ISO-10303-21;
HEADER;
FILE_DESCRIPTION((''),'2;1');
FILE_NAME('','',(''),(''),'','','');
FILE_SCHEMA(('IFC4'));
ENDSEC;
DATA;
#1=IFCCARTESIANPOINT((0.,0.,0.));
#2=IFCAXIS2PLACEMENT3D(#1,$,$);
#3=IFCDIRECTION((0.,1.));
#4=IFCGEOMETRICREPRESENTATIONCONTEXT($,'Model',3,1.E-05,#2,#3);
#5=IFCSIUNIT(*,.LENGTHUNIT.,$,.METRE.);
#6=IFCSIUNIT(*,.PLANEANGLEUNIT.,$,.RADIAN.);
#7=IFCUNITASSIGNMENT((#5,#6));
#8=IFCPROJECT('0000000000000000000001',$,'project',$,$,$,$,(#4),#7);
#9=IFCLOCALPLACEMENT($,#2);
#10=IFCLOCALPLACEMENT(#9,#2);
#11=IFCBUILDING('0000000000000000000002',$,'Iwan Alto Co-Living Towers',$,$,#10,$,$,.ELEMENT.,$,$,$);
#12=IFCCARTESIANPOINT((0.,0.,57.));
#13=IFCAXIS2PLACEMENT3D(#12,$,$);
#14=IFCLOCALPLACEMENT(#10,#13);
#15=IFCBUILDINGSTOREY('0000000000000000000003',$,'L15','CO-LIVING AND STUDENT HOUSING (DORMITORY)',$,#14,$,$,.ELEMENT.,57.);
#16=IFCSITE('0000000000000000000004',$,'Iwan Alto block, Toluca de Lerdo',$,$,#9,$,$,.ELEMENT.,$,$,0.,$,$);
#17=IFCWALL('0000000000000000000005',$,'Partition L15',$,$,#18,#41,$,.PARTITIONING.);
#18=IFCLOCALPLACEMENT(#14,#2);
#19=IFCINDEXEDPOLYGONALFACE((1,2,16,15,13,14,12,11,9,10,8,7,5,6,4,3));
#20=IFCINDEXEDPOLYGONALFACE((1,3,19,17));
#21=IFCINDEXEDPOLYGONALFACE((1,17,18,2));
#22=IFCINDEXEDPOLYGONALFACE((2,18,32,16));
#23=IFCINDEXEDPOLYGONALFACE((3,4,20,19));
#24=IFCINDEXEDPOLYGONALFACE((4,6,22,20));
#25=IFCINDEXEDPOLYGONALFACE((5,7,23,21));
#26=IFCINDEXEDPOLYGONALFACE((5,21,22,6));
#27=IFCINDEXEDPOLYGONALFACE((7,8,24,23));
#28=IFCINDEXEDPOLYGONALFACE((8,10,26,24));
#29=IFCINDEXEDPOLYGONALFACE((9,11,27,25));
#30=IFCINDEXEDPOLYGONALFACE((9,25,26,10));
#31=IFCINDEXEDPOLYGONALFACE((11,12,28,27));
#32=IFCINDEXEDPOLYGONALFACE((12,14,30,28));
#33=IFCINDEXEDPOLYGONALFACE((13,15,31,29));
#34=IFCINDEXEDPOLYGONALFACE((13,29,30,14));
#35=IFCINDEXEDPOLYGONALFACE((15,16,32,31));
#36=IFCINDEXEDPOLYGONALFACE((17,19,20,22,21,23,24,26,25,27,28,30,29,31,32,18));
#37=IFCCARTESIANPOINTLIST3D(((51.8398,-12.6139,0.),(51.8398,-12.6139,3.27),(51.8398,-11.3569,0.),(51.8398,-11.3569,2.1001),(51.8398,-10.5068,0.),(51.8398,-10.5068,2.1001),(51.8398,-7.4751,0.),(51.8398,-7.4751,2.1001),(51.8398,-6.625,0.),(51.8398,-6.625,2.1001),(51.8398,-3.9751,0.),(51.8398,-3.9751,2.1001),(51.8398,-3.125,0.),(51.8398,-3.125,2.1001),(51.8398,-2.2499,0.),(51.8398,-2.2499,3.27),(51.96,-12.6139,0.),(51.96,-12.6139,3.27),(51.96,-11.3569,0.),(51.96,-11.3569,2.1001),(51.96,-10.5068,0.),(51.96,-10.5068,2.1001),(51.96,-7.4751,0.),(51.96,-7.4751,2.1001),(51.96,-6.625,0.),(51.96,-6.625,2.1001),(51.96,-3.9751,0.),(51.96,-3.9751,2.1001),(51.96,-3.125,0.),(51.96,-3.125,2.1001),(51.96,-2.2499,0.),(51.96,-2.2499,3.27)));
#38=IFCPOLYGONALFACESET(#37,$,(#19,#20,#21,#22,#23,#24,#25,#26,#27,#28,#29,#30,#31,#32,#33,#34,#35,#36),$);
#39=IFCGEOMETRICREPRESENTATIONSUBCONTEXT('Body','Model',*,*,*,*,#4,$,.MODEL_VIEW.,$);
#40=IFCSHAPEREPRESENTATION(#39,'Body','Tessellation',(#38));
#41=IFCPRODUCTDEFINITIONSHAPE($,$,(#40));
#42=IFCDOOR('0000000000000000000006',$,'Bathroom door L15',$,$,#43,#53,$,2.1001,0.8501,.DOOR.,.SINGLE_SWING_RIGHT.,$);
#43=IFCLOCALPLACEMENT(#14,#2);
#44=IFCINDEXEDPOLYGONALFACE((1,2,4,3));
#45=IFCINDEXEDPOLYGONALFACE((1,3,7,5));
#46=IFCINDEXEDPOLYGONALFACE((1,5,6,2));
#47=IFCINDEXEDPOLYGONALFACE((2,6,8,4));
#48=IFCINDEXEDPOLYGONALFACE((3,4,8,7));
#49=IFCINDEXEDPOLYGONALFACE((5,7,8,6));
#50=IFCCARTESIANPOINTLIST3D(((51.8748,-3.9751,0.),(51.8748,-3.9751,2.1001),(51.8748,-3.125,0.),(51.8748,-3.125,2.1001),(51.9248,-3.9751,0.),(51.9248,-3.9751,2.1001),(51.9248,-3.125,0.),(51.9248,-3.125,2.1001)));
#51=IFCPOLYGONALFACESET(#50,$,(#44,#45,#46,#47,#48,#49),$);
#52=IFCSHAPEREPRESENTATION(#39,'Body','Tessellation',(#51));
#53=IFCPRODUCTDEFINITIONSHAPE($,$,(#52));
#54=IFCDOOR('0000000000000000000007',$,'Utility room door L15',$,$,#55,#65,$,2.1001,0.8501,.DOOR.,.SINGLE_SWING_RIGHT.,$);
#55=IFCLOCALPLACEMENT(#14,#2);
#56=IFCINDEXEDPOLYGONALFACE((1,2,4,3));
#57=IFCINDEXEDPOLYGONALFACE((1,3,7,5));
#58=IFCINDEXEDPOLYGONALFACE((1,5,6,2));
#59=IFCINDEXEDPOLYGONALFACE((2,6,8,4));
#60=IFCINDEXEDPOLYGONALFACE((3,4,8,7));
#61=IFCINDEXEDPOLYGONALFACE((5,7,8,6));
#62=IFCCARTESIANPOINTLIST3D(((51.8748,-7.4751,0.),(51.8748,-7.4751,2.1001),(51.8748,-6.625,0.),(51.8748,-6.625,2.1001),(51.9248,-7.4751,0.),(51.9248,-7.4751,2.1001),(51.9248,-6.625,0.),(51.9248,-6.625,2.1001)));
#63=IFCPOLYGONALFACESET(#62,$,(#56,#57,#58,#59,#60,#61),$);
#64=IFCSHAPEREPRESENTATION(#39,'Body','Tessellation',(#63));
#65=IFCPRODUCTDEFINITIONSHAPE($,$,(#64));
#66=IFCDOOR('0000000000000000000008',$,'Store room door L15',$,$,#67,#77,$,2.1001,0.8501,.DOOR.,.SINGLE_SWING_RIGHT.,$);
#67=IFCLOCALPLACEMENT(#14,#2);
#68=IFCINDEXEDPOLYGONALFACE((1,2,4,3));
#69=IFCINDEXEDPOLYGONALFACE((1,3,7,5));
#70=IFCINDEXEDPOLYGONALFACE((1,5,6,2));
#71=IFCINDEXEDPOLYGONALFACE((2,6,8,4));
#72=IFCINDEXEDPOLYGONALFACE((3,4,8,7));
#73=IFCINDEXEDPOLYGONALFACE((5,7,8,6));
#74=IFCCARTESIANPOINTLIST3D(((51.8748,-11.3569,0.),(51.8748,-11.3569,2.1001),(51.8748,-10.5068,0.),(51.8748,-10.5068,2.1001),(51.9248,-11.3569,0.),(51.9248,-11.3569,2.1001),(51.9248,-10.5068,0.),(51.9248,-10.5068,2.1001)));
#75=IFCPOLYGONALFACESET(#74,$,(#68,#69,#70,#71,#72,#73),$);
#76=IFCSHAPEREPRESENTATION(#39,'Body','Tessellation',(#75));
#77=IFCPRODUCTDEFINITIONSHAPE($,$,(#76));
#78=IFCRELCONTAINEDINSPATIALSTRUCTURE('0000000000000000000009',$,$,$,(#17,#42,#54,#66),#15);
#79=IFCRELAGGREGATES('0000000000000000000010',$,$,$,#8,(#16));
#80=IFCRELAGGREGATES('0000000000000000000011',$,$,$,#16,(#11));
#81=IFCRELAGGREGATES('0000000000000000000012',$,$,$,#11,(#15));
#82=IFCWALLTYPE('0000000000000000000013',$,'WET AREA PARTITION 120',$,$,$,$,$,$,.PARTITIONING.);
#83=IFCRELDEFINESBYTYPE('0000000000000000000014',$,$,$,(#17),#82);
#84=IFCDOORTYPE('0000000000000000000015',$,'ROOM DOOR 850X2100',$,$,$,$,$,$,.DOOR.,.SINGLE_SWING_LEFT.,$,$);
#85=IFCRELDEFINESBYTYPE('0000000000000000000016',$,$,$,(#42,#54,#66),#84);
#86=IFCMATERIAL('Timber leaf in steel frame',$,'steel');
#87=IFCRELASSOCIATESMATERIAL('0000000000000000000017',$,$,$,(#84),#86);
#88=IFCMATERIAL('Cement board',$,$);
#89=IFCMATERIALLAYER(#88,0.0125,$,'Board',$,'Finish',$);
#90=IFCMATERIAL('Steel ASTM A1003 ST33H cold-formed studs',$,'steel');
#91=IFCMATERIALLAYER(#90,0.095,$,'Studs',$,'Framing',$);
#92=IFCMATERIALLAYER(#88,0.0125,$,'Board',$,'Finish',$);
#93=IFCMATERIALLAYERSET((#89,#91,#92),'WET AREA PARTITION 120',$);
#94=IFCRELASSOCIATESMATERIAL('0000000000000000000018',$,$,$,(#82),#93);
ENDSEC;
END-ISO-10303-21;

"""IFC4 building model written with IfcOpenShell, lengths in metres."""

from ifc_helpers import new_model, si_unit, direction, frame, frame_2d, origin, place, context, subcontext, project, spatial, rectangle, extrude, material, layer, layer_set, type_object, element, fill, save


model = new_model("IFC4")

# Units and contexts
model_context = context("Model", 3, precision=1e-05, world=origin(), true_north=direction((0.0, 1.0)))
body_context = subcontext(model_context, "Body", "Model", "MODEL_VIEW")
ifc_project = project(units=[si_unit("LENGTHUNIT", "METRE"), si_unit("PLANEANGLEUNIT", "RADIAN")], contexts=[model_context])

# Site, building, storey
site_placement = place(None, origin())
site = spatial("IfcSite", under=ifc_project, at=site_placement, Name="Iwan Alto block, Toluca de Lerdo", CompositionType="ELEMENT", RefElevation=0.0)
building_placement = place(site_placement, origin())
building = spatial("IfcBuilding", under=site, at=building_placement, Name="Iwan Alto Co-Living Towers", CompositionType="ELEMENT")
storey_placement = place(building_placement, frame((0.0, 0.0, 57.0)))
storey = spatial("IfcBuildingStorey", under=building, at=storey_placement, Name="L15", Description="CO-LIVING AND STUDENT HOUSING (DORMITORY)", CompositionType="ELEMENT", Elevation=57.0)

# Shared definitions
ifc_material_1 = material(Name="Steel ASTM A1003 ST33H cold-formed studs", Category="steel")
ifc_material_2 = material(Name="Timber leaf in steel frame", Category="steel")
door_type_1 = type_object("IfcDoorType", Name="ROOM DOOR 850X2100", OperationType="SINGLE_SWING_LEFT", PredefinedType="DOOR", material=ifc_material_2)

# Shared definitions
ifc_material_3 = material(Name="Cement board")
ifc_layer_1 = layer(ifc_material_3, 0.0125, Name="Board", Category="Finish")
ifc_layer_2 = layer(ifc_material_1, 0.095, Name="Studs", Category="Framing")
ifc_layer_3 = layer(ifc_material_3, 0.0125, Name="Board", Category="Finish")
ifc_layer_set_1 = layer_set([ifc_layer_1, ifc_layer_2, ifc_layer_3], Name="WET AREA PARTITION 120")
wall_type_1 = type_object("IfcWallType", Name="WET AREA PARTITION 120", PredefinedType="PARTITIONING", material=ifc_layer_set_1)

# Wall, openings, doors
wall_1_placement = place(storey_placement, frame((51.8999, -12.614, 0.0), z_axis=(0.0, 0.0, 1.0), x_axis=(0.0, 1.0, 0.0)))
wall_1 = element("IfcWall", 1, at=wall_1_placement, inside=storey, type_object=wall_type_1, Name="Partition L15", PredefinedType="PARTITIONING", context=body_context, shape_type="SweptSolid", body=[
    extrude(rectangle(XDim=10.364, YDim=0.1201, at=frame_2d((5.1821, 0.0))), origin(), (0.0, 0.0, 1.0), 3.27),
])
opening_1_placement = place(wall_1_placement, frame((8.6389, 0.0, 0.0)))
opening_1 = element("IfcOpeningElement", 2, at=opening_1_placement, cuts=wall_1, PredefinedType="OPENING", context=body_context, shape_type="SweptSolid", body=[
    extrude(rectangle(XDim=0.8501, YDim=2.1001, at=frame_2d((0.425, 1.05))), frame((0.0, 0.0701, 0.0), z_axis=(0.0, -1.0, 0.0), x_axis=(1.0, 0.0, 0.0)), (0.0, 0.0, 1.0), 0.1401),
])
opening_2_placement = place(wall_1_placement, frame((5.1389, 0.0, 0.0)))
opening_2 = element("IfcOpeningElement", 3, at=opening_2_placement, cuts=wall_1, PredefinedType="OPENING", context=body_context, shape_type="SweptSolid", body=[
    extrude(rectangle(XDim=0.8501, YDim=2.1001, at=frame_2d((0.425, 1.05))), frame((0.0, 0.0701, 0.0), z_axis=(0.0, -1.0, 0.0), x_axis=(1.0, 0.0, 0.0)), (0.0, 0.0, 1.0), 0.1401),
])
opening_3_placement = place(wall_1_placement, frame((1.2571, 0.0, 0.0)))
opening_3 = element("IfcOpeningElement", 4, at=opening_3_placement, cuts=wall_1, PredefinedType="OPENING", context=body_context, shape_type="SweptSolid", body=[
    extrude(rectangle(XDim=0.8501, YDim=2.1001, at=frame_2d((0.425, 1.05))), frame((0.0, 0.0701, 0.0), z_axis=(0.0, -1.0, 0.0), x_axis=(1.0, 0.0, 0.0)), (0.0, 0.0, 1.0), 0.1401),
])
door_1_placement = place(opening_1_placement, frame((0.8501, 0.0, 0.0), z_axis=(0.0, 0.0, 1.0), x_axis=(-1.0, 0.0, 0.0)))
door_1 = element("IfcDoor", 5, at=door_1_placement, inside=storey, type_object=door_type_1, Name="Bathroom door L15", OperationType="SINGLE_SWING_RIGHT", OverallHeight=2.1001, OverallWidth=0.8501, PredefinedType="DOOR", context=body_context, shape_type="SweptSolid", body=[
    extrude(rectangle(XDim=0.8501, YDim=2.1001, at=frame_2d((0.425, 1.05))), frame((0.0, 0.0249, 0.0), z_axis=(0.0, -1.0, 0.0), x_axis=(1.0, 0.0, 0.0)), (0.0, 0.0, 1.0), 0.05),
])
fill(opening_1, door_1)
door_2_placement = place(opening_2_placement, frame((0.8501, 0.0, 0.0), z_axis=(0.0, 0.0, 1.0), x_axis=(-1.0, 0.0, 0.0)))
door_2 = element("IfcDoor", 6, at=door_2_placement, inside=storey, type_object=door_type_1, Name="Utility room door L15", OperationType="SINGLE_SWING_RIGHT", OverallHeight=2.1001, OverallWidth=0.8501, PredefinedType="DOOR", context=body_context, shape_type="SweptSolid", body=[
    extrude(rectangle(XDim=0.8501, YDim=2.1001, at=frame_2d((0.425, 1.05))), frame((0.0, 0.0249, 0.0), z_axis=(0.0, -1.0, 0.0), x_axis=(1.0, 0.0, 0.0)), (0.0, 0.0, 1.0), 0.05),
])
fill(opening_2, door_2)
door_3_placement = place(opening_3_placement, frame((0.8501, 0.0, 0.0), z_axis=(0.0, 0.0, 1.0), x_axis=(-1.0, 0.0, 0.0)))
door_3 = element("IfcDoor", 7, at=door_3_placement, inside=storey, type_object=door_type_1, Name="Store room door L15", OperationType="SINGLE_SWING_RIGHT", OverallHeight=2.1001, OverallWidth=0.8501, PredefinedType="DOOR", context=body_context, shape_type="SweptSolid", body=[
    extrude(rectangle(XDim=0.8501, YDim=2.1001, at=frame_2d((0.425, 1.05))), frame((0.0, 0.0249, 0.0), z_axis=(0.0, -1.0, 0.0), x_axis=(1.0, 0.0, 0.0)), (0.0, 0.0, 1.0), 0.05),
])
fill(opening_3, door_3)

save(model, "model.ifc")
